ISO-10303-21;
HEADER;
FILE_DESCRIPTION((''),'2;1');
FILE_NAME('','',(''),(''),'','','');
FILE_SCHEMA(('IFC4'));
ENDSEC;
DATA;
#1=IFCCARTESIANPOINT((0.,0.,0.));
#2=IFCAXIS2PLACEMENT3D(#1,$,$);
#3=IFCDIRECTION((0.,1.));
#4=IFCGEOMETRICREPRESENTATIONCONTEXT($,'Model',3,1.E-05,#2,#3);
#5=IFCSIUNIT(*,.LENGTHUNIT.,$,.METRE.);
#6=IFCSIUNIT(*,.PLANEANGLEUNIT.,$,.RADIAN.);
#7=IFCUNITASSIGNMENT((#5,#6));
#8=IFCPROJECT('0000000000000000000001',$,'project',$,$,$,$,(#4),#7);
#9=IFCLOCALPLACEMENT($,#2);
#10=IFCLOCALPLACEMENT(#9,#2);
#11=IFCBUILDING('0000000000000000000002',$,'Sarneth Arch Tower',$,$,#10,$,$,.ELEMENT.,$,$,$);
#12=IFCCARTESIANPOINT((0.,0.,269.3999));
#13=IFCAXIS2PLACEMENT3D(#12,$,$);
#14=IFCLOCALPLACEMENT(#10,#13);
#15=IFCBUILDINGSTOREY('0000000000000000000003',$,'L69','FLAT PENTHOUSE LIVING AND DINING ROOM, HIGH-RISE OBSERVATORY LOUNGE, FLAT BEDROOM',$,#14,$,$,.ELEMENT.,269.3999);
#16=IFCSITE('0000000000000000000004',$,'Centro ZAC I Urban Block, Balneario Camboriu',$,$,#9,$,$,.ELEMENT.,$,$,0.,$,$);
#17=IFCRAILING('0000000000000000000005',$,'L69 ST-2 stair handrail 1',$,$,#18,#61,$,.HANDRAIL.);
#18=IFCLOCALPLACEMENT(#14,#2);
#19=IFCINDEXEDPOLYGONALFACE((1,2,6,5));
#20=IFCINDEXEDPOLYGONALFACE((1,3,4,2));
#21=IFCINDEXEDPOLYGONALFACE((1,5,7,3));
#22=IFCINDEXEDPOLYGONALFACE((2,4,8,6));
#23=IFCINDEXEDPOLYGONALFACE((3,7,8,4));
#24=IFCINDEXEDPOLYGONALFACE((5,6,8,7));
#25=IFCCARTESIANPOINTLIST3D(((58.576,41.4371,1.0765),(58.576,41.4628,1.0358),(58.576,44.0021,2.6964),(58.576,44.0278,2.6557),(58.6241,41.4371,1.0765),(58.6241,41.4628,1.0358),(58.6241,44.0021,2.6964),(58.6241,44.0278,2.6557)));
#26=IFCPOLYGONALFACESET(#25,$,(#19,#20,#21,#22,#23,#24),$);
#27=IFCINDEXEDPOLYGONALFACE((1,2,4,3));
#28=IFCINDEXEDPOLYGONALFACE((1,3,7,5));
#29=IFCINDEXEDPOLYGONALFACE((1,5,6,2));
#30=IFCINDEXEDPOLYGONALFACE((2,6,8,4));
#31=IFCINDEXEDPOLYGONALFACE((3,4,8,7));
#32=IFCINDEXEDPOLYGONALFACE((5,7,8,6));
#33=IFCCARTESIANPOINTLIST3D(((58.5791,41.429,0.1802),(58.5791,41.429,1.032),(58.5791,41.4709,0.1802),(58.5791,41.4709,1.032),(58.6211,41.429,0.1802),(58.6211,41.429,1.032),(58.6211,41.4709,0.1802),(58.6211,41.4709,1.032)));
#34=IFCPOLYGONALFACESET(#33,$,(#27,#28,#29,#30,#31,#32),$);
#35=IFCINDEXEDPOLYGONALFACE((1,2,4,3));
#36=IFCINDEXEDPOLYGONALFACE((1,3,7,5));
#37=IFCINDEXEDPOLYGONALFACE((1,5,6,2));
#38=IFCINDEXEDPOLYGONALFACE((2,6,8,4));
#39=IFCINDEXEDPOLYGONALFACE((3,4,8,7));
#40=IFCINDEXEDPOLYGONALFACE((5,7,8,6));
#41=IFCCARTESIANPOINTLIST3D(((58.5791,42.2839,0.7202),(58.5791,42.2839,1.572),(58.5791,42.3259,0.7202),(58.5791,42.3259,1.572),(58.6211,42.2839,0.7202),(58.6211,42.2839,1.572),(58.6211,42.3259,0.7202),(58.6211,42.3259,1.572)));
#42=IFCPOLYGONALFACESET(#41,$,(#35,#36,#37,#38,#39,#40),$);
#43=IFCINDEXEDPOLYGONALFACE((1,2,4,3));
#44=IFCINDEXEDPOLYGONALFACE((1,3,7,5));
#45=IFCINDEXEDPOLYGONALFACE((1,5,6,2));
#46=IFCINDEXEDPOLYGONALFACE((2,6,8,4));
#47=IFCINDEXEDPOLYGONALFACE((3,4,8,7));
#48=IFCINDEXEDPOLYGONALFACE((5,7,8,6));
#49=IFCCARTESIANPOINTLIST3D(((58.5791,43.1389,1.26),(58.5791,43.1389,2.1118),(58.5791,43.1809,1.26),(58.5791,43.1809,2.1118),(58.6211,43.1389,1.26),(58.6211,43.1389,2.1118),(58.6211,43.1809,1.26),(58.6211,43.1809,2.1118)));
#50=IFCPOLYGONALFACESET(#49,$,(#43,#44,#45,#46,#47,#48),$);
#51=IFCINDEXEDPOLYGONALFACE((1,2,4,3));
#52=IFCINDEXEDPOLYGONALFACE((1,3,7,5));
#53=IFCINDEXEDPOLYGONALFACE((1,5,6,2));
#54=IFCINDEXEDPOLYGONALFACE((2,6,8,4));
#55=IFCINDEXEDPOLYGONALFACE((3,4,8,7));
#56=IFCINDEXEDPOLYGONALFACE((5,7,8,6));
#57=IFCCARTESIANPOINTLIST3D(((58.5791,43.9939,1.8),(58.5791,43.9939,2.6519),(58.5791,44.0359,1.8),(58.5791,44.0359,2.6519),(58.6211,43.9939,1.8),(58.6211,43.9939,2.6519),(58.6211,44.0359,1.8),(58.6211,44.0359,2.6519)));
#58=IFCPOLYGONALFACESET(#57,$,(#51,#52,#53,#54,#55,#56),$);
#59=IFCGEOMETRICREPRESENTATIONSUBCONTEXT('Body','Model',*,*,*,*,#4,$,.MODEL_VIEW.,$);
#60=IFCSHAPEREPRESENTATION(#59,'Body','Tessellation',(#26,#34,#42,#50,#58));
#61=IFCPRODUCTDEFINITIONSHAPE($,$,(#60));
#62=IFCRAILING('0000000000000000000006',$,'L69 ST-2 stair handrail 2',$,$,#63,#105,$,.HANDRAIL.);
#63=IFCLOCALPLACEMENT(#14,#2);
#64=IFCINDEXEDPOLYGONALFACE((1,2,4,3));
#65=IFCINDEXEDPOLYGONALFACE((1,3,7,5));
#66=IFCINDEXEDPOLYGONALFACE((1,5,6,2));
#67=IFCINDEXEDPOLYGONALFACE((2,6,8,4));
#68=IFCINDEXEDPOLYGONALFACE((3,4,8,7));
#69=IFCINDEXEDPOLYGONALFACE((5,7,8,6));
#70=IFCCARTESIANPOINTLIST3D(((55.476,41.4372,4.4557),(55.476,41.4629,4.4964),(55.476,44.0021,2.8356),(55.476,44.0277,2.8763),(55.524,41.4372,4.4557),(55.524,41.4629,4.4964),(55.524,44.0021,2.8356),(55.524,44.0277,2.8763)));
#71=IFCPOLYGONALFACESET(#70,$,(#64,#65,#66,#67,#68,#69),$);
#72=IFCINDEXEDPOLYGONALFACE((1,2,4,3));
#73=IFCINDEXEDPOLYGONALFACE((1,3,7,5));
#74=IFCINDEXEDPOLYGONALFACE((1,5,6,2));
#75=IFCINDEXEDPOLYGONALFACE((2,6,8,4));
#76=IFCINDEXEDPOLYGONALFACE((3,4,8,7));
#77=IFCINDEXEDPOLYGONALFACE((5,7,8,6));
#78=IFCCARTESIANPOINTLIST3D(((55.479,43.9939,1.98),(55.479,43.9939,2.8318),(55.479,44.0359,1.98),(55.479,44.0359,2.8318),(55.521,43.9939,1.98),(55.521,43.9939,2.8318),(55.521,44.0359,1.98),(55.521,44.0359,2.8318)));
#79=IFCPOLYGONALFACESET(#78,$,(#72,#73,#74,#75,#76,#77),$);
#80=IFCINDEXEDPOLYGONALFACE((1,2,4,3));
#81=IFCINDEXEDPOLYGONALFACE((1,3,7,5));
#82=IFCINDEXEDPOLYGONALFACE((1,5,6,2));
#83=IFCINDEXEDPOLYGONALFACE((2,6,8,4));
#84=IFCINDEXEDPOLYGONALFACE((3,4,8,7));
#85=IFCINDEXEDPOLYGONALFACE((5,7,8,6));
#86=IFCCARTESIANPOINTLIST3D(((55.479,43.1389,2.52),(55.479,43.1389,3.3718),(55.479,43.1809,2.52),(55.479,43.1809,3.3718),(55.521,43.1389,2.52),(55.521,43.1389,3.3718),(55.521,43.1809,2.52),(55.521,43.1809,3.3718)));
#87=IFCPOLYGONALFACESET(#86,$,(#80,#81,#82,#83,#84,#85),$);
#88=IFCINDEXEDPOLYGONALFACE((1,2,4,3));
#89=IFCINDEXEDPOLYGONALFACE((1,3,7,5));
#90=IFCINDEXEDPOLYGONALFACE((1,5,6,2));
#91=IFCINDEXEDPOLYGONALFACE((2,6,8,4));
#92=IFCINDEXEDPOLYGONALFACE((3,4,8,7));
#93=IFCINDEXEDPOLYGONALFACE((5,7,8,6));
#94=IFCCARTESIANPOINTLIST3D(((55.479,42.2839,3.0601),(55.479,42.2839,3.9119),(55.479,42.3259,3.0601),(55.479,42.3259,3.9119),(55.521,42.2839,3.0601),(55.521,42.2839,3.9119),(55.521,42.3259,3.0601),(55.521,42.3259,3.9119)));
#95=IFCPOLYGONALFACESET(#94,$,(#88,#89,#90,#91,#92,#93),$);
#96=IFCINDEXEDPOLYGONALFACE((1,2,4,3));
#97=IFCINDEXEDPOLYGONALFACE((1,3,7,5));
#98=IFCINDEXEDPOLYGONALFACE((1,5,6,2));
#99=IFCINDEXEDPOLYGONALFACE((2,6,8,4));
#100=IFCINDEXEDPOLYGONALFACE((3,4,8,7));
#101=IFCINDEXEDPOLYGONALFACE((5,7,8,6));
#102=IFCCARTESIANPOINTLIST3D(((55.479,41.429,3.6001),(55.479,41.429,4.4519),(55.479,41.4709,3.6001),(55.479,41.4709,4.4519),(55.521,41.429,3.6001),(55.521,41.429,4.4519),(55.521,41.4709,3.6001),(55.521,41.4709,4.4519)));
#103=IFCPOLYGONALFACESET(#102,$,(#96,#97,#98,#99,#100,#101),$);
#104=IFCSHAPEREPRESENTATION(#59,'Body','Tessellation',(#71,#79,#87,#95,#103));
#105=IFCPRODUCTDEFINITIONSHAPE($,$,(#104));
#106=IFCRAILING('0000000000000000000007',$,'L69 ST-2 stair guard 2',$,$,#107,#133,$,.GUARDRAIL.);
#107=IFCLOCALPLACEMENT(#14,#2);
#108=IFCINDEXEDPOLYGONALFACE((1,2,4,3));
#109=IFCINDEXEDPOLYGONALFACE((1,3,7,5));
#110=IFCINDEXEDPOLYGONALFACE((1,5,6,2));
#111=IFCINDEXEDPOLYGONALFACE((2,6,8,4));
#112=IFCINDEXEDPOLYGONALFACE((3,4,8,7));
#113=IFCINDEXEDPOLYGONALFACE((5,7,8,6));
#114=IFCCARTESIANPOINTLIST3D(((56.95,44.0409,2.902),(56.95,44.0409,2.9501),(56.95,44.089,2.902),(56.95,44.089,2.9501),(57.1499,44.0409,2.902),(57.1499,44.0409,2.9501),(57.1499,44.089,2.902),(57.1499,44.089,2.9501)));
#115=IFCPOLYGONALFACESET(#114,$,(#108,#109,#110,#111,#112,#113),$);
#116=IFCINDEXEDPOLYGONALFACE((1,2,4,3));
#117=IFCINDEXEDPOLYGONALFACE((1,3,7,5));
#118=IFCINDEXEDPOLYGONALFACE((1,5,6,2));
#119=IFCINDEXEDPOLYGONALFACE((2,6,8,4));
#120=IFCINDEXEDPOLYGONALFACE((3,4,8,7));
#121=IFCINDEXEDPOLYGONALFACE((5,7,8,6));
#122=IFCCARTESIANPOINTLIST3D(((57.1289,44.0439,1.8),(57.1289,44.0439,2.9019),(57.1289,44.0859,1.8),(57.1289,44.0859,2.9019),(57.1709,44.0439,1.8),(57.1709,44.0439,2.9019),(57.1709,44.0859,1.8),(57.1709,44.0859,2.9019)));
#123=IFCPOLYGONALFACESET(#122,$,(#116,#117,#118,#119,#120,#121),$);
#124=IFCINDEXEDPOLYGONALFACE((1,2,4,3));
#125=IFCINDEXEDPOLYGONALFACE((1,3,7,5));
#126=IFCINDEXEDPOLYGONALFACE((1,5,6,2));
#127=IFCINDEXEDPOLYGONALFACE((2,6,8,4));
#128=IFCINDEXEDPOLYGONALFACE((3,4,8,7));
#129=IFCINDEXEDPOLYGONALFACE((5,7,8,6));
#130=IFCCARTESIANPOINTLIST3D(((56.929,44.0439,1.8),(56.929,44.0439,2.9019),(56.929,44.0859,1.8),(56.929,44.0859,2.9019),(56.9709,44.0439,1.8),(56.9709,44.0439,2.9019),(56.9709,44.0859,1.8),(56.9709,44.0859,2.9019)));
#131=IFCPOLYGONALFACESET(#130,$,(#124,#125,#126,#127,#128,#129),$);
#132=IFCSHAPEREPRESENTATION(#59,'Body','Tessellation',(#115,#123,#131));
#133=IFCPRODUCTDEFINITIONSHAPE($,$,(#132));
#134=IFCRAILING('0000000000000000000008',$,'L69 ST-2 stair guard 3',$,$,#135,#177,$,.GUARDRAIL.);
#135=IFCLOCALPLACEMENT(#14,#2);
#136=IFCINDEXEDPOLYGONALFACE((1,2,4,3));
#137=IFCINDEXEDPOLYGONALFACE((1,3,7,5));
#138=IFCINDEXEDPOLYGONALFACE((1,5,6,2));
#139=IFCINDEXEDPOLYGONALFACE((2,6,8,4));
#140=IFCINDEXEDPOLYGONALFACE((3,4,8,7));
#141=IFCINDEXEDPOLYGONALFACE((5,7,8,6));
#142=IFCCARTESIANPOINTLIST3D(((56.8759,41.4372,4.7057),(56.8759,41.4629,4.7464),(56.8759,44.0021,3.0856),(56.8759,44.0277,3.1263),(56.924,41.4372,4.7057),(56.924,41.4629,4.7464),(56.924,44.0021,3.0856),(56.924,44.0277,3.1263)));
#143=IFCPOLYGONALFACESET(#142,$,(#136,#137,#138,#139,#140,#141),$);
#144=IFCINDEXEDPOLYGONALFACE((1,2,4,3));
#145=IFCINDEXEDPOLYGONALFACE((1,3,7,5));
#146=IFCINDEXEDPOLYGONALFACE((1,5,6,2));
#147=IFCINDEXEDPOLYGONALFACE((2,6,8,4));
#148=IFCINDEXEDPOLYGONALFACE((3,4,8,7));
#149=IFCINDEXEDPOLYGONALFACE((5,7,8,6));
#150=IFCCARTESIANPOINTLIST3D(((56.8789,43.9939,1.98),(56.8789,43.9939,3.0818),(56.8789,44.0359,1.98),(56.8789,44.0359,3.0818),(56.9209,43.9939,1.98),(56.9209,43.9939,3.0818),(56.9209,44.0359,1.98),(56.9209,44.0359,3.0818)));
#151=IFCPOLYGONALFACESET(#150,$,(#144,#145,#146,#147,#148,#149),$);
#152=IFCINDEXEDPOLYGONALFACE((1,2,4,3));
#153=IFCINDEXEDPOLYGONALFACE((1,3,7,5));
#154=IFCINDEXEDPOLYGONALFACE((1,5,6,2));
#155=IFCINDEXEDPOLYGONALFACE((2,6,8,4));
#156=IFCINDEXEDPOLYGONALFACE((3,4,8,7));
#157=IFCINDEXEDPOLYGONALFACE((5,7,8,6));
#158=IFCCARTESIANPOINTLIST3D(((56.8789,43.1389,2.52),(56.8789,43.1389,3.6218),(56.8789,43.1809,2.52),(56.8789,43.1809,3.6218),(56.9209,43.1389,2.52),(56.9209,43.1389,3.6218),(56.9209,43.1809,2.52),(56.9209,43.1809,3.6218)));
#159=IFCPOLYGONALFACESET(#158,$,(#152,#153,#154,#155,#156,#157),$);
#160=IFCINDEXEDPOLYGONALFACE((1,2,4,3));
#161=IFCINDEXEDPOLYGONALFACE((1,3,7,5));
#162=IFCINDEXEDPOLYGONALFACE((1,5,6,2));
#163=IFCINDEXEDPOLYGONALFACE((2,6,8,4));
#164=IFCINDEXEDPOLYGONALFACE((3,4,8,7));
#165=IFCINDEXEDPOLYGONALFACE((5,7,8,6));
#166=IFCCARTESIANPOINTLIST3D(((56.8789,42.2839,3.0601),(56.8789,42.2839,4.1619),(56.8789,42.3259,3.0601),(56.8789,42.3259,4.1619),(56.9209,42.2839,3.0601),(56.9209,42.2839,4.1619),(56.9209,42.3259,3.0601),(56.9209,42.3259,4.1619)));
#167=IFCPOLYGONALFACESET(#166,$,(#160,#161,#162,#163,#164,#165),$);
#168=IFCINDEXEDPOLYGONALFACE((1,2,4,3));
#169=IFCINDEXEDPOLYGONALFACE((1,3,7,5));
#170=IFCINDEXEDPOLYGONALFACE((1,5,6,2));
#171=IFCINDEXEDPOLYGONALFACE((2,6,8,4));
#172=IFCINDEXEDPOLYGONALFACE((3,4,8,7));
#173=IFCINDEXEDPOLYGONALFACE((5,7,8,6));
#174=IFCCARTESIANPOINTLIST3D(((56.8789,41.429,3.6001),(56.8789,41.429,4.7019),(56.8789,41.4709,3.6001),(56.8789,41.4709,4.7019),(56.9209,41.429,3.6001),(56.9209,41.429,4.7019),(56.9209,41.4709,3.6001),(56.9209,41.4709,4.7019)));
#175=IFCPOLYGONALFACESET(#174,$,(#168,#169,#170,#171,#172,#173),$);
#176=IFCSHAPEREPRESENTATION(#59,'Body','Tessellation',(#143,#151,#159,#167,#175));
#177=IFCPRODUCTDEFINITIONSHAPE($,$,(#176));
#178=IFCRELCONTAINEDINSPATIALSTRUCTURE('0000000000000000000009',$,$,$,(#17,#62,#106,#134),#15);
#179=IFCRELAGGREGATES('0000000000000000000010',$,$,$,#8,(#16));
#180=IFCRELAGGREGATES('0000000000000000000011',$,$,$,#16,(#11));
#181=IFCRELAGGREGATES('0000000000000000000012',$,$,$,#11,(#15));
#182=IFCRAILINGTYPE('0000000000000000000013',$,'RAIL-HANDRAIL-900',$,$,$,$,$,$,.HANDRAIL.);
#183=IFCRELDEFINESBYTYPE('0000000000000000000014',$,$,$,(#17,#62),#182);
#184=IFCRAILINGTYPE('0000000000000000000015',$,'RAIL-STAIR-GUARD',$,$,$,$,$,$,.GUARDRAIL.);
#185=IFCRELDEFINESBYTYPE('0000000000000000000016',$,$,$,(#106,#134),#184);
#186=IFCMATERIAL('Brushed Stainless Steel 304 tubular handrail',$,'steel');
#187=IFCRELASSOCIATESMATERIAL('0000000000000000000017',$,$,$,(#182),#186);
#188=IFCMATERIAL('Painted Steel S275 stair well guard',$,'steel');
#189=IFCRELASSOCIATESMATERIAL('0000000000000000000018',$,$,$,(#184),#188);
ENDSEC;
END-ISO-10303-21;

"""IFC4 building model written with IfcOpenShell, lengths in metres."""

from ifc_helpers import new_model, si_unit, direction, frame, origin, origin_2d, place, context, subcontext, project, spatial, rectangle, extrude, material, type_object, element, save


model = new_model("IFC4")

# Units and contexts
model_context = context("Model", 3, precision=1e-05, world=origin(), true_north=direction((0.0, 1.0)))
body_context = subcontext(model_context, "Body", "Model", "MODEL_VIEW")
ifc_project = project(units=[si_unit("LENGTHUNIT", "METRE"), si_unit("PLANEANGLEUNIT", "RADIAN")], contexts=[model_context])

# Site, building, storey
site_placement = place(None, origin())
site = spatial("IfcSite", under=ifc_project, at=site_placement, Name="Centro ZAC I Urban Block, Balneario Camboriu", CompositionType="ELEMENT", RefElevation=0.0)
building_placement = place(site_placement, origin())
building = spatial("IfcBuilding", under=site, at=building_placement, Name="Sarneth Arch Tower", CompositionType="ELEMENT")
storey_placement = place(building_placement, frame((0.0, 0.0, 269.3999)))
storey = spatial("IfcBuildingStorey", under=building, at=storey_placement, Name="L69", Description="FLAT PENTHOUSE LIVING AND DINING ROOM, HIGH-RISE OBSERVATORY LOUNGE, FLAT BEDROOM", CompositionType="ELEMENT", Elevation=269.3999)

# Railings
ifc_material_1 = material(Name="Brushed Stainless Steel 304 tubular handrail", Category="steel")
railing_type_1 = type_object("IfcRailingType", Name="RAIL-HANDRAIL-900", PredefinedType="HANDRAIL", material=ifc_material_1)
railing_1_placement = place(storey_placement, frame((58.6001, 41.45, 0.1802)))
element("IfcRailing", 1, at=railing_1_placement, inside=storey, type_object=railing_type_1, Name="L69 ST-2 stair handrail 1", PredefinedType="HANDRAIL", context=body_context, shape_type="SweptSolid", body=[
    extrude(rectangle(XDim=0.0481, YDim=0.0481, at=origin_2d()), frame((0.0, 0.0, 0.876), z_axis=(0.0, 0.845502, 0.533972), x_axis=(-1.0, 0.0, 0.0)), (0.0, 0.0, 1.0), 3.0337),
    extrude(rectangle(XDim=0.042, YDim=0.042, at=origin_2d()), origin(), (0.0, 0.0, 1.0), 0.8518),
    extrude(rectangle(XDim=0.042, YDim=0.042, at=origin_2d()), frame((0.0, 0.855, 0.54)), (0.0, 0.0, 1.0), 0.8518),
    extrude(rectangle(XDim=0.042, YDim=0.042, at=origin_2d()), frame((0.0, 1.71, 1.0798)), (0.0, 0.0, 1.0), 0.8518),
    extrude(rectangle(XDim=0.042, YDim=0.042, at=origin_2d()), frame((0.0, 2.5649, 1.6199)), (0.0, 0.0, 1.0), 0.8518),
])
railing_2_placement = place(storey_placement, frame((55.5, 44.0149, 1.98)))
element("IfcRailing", 2, at=railing_2_placement, inside=storey, type_object=railing_type_1, Name="L69 ST-2 stair handrail 2", PredefinedType="HANDRAIL", context=body_context, shape_type="SweptSolid", body=[
    extrude(rectangle(XDim=0.0481, YDim=0.0481, at=origin_2d()), frame((0.0, 0.0, 0.876), z_axis=(0.0, -0.845466, 0.534029), x_axis=(1.0, 0.0, 0.0)), (0.0, 0.0, 1.0), 3.0337),
    extrude(rectangle(XDim=0.042, YDim=0.042, at=origin_2d()), origin(), (0.0, 0.0, 1.0), 0.8518),
    extrude(rectangle(XDim=0.042, YDim=0.042, at=origin_2d()), frame((0.0, -0.855, 0.54)), (0.0, 0.0, 1.0), 0.8518),
    extrude(rectangle(XDim=0.042, YDim=0.042, at=origin_2d()), frame((0.0, -1.71, 1.0801)), (0.0, 0.0, 1.0), 0.8518),
    extrude(rectangle(XDim=0.042, YDim=0.042, at=origin_2d()), frame((0.0, -2.5649, 1.6201)), (0.0, 0.0, 1.0), 0.8518),
])
ifc_material_2 = material(Name="Painted Steel S275 stair well guard", Category="steel")
railing_type_2 = type_object("IfcRailingType", Name="RAIL-STAIR-GUARD", PredefinedType="GUARDRAIL", material=ifc_material_2)
railing_3_placement = place(storey_placement, frame((57.1499, 44.0649, 1.8)))
element("IfcRailing", 3, at=railing_3_placement, inside=storey, type_object=railing_type_2, Name="L69 ST-2 stair guard 2", PredefinedType="GUARDRAIL", context=body_context, shape_type="SweptSolid", body=[
    extrude(rectangle(XDim=0.0481, YDim=0.0481, at=origin_2d()), frame((0.0, 0.0, 1.126), z_axis=(-1.0, 0.0, 0.0), x_axis=(0.0, -1.0, 0.0)), (0.0, 0.0, 1.0), 0.2),
    extrude(rectangle(XDim=0.042, YDim=0.042, at=origin_2d()), origin(), (0.0, 0.0, 1.0), 1.1018),
    extrude(rectangle(XDim=0.042, YDim=0.042, at=origin_2d()), frame((-0.2, 0.0, 0.0)), (0.0, 0.0, 1.0), 1.1018),
])
railing_4_placement = place(storey_placement, frame((56.8999, 44.0149, 1.98)))
element("IfcRailing", 4, at=railing_4_placement, inside=storey, type_object=railing_type_2, Name="L69 ST-2 stair guard 3", PredefinedType="GUARDRAIL", context=body_context, shape_type="SweptSolid", body=[
    extrude(rectangle(XDim=0.0481, YDim=0.0481, at=origin_2d()), frame((0.0, 0.0, 1.126), z_axis=(0.0, -0.845466, 0.534029), x_axis=(1.0, 0.0, 0.0)), (0.0, 0.0, 1.0), 3.0337),
    extrude(rectangle(XDim=0.042, YDim=0.042, at=origin_2d()), origin(), (0.0, 0.0, 1.0), 1.1018),
    extrude(rectangle(XDim=0.042, YDim=0.042, at=origin_2d()), frame((0.0, -0.855, 0.54)), (0.0, 0.0, 1.0), 1.1018),
    extrude(rectangle(XDim=0.042, YDim=0.042, at=origin_2d()), frame((0.0, -1.71, 1.0801)), (0.0, 0.0, 1.0), 1.1018),
    extrude(rectangle(XDim=0.042, YDim=0.042, at=origin_2d()), frame((0.0, -2.5649, 1.6201)), (0.0, 0.0, 1.0), 1.1018),
])

save(model, "model.ifc")
